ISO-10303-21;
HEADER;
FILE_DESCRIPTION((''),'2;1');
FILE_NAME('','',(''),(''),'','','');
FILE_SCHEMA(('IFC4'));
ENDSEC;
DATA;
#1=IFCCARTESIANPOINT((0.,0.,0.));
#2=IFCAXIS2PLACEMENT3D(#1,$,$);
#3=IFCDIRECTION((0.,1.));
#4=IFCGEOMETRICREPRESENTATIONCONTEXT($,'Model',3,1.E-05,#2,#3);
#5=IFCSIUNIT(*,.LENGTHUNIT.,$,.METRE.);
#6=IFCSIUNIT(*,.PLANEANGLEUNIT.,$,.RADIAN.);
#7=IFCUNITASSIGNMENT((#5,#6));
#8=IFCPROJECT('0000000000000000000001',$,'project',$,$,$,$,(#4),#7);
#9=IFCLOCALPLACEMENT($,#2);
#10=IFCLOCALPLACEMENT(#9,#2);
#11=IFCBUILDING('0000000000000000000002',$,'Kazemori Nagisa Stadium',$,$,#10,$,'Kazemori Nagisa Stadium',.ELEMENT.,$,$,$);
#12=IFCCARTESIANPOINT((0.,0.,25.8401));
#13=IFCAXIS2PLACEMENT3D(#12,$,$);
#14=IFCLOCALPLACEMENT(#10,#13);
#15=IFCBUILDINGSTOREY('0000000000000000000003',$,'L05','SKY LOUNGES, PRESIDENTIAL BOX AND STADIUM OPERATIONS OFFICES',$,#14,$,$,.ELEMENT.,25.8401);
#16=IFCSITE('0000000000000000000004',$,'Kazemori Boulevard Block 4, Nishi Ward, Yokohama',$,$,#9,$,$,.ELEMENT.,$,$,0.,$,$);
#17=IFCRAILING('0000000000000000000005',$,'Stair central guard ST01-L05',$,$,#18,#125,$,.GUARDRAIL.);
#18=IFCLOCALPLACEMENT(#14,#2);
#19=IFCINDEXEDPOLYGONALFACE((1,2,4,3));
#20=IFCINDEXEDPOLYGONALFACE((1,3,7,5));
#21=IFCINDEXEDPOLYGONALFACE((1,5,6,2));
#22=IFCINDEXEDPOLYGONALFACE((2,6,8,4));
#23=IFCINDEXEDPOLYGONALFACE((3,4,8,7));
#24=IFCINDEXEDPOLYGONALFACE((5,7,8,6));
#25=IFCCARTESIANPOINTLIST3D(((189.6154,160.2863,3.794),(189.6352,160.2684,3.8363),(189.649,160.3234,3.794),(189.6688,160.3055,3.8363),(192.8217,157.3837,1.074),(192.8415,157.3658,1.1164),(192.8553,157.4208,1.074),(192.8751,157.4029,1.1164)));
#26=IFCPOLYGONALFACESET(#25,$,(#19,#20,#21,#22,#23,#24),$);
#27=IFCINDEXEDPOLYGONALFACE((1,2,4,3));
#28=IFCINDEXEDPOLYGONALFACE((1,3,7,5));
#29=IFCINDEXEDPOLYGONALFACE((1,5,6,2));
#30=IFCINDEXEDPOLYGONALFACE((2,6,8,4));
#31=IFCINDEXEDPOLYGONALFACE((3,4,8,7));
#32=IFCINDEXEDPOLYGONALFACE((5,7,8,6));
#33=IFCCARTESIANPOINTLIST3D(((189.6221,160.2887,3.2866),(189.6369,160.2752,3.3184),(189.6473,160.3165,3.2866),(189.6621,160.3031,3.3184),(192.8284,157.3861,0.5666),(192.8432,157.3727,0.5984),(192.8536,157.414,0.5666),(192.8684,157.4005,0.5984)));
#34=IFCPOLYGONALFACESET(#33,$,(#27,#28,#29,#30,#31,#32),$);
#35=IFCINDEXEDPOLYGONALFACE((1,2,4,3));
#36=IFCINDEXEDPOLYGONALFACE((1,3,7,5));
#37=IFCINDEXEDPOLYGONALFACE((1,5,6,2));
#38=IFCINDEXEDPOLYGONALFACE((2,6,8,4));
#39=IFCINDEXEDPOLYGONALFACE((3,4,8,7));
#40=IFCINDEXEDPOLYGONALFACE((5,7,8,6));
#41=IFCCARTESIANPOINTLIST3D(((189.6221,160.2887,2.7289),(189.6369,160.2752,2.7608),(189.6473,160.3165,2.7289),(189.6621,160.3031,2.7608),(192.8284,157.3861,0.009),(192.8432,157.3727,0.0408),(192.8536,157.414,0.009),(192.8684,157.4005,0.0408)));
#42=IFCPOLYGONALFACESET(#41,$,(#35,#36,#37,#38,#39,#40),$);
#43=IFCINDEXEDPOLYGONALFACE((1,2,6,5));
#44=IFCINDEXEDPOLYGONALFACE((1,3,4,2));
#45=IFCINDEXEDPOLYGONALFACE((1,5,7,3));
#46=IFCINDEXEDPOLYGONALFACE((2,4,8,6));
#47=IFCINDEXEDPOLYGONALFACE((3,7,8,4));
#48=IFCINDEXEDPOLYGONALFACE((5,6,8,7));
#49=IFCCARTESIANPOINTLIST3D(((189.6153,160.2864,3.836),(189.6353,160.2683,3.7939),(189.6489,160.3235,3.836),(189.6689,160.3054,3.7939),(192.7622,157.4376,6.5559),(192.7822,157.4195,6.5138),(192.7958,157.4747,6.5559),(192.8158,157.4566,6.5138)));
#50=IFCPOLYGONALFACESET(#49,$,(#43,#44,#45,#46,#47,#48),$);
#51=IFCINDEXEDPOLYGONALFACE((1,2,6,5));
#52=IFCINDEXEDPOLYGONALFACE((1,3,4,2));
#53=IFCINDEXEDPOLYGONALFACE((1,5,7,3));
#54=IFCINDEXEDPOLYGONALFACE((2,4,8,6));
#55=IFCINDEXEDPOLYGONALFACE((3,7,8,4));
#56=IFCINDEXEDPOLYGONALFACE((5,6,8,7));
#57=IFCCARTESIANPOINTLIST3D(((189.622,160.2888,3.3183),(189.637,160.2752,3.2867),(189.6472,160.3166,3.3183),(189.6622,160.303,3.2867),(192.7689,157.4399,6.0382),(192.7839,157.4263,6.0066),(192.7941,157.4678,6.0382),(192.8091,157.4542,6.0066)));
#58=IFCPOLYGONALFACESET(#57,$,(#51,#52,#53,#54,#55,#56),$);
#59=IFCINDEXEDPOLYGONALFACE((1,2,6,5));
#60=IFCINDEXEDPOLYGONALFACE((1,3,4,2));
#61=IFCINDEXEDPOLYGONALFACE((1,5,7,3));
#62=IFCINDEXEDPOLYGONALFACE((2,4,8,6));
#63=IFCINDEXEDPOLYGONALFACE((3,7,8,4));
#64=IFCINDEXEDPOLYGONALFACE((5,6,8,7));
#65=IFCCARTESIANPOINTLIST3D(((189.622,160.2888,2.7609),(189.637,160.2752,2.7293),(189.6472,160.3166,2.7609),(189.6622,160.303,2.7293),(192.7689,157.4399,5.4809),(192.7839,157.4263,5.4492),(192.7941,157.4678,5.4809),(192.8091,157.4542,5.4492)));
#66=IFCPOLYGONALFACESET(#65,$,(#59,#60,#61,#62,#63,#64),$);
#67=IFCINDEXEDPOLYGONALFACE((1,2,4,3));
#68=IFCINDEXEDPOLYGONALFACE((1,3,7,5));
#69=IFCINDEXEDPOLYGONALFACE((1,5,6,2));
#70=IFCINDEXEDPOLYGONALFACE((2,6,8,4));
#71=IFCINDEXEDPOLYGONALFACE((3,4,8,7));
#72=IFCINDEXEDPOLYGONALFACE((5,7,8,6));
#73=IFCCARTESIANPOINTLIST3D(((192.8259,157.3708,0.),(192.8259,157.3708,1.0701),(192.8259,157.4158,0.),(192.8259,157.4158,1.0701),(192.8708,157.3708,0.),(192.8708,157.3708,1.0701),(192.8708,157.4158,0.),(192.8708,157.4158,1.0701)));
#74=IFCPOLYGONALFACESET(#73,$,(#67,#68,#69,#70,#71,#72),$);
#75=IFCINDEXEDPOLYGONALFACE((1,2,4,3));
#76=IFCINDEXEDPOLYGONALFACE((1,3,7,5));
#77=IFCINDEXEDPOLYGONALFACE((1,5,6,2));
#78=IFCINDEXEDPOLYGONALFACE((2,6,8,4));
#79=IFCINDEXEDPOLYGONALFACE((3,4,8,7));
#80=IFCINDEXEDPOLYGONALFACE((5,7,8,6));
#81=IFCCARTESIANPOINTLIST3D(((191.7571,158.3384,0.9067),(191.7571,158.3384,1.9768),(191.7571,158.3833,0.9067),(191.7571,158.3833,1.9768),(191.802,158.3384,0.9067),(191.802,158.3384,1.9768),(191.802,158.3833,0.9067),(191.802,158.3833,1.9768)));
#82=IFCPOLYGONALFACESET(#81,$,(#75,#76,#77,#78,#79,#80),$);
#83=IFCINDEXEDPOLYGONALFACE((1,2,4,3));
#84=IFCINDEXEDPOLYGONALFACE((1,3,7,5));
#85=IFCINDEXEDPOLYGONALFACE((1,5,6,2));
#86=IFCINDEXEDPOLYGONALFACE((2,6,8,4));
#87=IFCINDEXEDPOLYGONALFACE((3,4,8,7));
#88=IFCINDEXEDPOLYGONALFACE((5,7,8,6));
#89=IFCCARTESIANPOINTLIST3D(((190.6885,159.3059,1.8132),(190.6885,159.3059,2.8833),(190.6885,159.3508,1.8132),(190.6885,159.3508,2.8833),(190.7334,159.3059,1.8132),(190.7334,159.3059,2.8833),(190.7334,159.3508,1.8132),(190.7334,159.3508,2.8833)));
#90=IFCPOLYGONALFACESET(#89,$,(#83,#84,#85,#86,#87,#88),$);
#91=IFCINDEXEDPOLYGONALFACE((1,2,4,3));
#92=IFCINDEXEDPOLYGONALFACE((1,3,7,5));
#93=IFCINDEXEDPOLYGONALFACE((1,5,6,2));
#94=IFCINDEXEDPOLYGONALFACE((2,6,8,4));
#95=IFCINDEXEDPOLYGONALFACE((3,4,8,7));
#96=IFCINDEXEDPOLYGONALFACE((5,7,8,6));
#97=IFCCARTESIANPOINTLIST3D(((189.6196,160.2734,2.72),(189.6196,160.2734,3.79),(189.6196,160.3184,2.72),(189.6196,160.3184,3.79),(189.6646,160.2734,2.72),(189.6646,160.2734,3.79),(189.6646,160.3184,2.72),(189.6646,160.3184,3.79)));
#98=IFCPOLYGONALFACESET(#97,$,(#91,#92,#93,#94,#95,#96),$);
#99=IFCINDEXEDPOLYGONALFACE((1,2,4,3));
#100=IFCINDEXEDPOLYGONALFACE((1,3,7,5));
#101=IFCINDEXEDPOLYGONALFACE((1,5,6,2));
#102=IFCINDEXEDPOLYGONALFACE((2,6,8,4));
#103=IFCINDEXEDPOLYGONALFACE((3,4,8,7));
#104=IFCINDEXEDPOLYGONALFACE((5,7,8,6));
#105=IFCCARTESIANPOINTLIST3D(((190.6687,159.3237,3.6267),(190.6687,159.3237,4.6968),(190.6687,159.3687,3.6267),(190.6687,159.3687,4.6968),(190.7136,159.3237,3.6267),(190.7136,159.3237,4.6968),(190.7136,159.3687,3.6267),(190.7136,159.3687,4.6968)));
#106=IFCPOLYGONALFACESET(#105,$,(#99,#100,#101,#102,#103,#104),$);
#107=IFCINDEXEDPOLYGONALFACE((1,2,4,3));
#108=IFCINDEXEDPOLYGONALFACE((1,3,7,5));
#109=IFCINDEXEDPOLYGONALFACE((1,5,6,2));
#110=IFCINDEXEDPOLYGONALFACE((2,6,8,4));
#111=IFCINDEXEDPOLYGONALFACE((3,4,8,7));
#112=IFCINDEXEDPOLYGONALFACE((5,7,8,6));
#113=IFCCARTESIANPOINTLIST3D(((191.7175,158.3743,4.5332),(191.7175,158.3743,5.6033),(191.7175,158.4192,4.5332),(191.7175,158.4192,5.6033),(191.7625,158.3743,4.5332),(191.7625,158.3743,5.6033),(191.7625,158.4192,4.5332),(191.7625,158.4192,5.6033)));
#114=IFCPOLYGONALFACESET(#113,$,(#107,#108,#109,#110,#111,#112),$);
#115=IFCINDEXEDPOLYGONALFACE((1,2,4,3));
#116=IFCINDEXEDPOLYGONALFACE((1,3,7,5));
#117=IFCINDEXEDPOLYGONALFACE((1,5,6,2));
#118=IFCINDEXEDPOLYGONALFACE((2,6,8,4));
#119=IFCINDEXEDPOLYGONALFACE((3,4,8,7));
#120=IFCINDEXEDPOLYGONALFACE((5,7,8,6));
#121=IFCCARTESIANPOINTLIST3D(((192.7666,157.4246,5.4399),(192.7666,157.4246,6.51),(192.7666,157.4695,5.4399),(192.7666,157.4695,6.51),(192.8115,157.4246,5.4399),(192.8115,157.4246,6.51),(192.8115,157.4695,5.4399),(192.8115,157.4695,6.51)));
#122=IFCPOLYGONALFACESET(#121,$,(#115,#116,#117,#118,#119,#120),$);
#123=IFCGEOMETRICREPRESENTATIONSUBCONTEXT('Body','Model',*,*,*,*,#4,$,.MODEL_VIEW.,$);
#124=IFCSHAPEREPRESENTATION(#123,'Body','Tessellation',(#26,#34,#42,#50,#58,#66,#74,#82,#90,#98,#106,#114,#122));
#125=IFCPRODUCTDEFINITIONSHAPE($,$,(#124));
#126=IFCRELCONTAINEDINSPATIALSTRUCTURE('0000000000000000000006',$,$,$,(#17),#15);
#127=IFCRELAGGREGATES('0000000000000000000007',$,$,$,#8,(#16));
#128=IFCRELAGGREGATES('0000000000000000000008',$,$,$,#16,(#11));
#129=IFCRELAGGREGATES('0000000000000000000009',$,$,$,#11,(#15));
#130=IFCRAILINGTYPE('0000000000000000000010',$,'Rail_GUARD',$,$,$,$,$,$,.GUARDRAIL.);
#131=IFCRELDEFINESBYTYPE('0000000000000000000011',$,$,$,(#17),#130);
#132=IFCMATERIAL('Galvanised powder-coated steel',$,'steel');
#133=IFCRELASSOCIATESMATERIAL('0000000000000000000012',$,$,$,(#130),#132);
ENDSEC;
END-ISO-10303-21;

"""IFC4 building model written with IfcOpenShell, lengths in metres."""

from ifc_helpers import new_model, si_unit, direction, frame, origin, origin_2d, place, context, subcontext, project, spatial, rectangle, extrude, material, type_object, element, save


model = new_model("IFC4")

# Units and contexts
model_context = context("Model", 3, precision=1e-05, world=origin(), true_north=direction((0.0, 1.0)))
body_context = subcontext(model_context, "Body", "Model", "MODEL_VIEW")
ifc_project = project(units=[si_unit("LENGTHUNIT", "METRE"), si_unit("PLANEANGLEUNIT", "RADIAN")], contexts=[model_context])

# Site, building, storey
site_placement = place(None, origin())
site = spatial("IfcSite", under=ifc_project, at=site_placement, Name="Kazemori Boulevard Block 4, Nishi Ward, Yokohama", CompositionType="ELEMENT", RefElevation=0.0)
building_placement = place(site_placement, origin())
building = spatial("IfcBuilding", under=site, at=building_placement, Name="Kazemori Nagisa Stadium", LongName="Kazemori Nagisa Stadium", CompositionType="ELEMENT")
storey_placement = place(building_placement, frame((0.0, 0.0, 25.8401)))
storey = spatial("IfcBuildingStorey", under=building, at=storey_placement, Name="L05", Description="SKY LOUNGES, PRESIDENTIAL BOX AND STADIUM OPERATIONS OFFICES", CompositionType="ELEMENT", Elevation=25.8401)

# Railing
ifc_material_1 = material(Name="Galvanised powder-coated steel", Category="steel")
railing_type_1 = type_object("IfcRailingType", Name="Rail_GUARD", PredefinedType="GUARDRAIL", material=ifc_material_1)
railing_1_placement = place(storey_placement, frame((192.8484, 157.3933, 0.0)))
element("IfcRailing", 1, at=railing_1_placement, inside=storey, type_object=railing_type_1, Name="Stair central guard ST01-L05", PredefinedType="GUARDRAIL", context=body_context, shape_type="SweptSolid", body=[
    extrude(rectangle(XDim=0.05, YDim=0.05, at=origin_2d()), frame((0.0, 0.0, 1.0952), z_axis=(-0.627558, 0.568113, 0.53237), x_axis=(-0.671123, -0.741346, 0.0)), (0.0, 0.0, 1.0), 5.1091),
    extrude(rectangle(XDim=0.0376, YDim=0.0376, at=origin_2d()), frame((0.0, 0.0, 0.5825), z_axis=(-0.627558, 0.568113, 0.53237), x_axis=(-0.671123, -0.741346, 0.0)), (0.0, 0.0, 1.0), 5.1091),
    extrude(rectangle(XDim=0.0376, YDim=0.0376, at=origin_2d()), frame((0.0, 0.0, 0.0249), z_axis=(-0.627558, 0.568113, 0.53237), x_axis=(-0.671123, -0.741346, 0.0)), (0.0, 0.0, 1.0), 5.1091),
    extrude(rectangle(XDim=0.05, YDim=0.05, at=origin_2d()), frame((-3.2063, 2.9026, 3.8149), z_axis=(0.624201, -0.565073, 0.539505), x_axis=(0.671123, 0.741346, 0.0)), (0.0, 0.0, 1.0), 5.0415),
    extrude(rectangle(XDim=0.0376, YDim=0.0376, at=origin_2d()), frame((-3.2063, 2.9026, 3.3025), z_axis=(0.624201, -0.565073, 0.539505), x_axis=(0.671123, 0.741346, 0.0)), (0.0, 0.0, 1.0), 5.0415),
    extrude(rectangle(XDim=0.0376, YDim=0.0376, at=origin_2d()), frame((-3.2063, 2.9026, 2.7451), z_axis=(0.624201, -0.565073, 0.539505), x_axis=(0.671123, 0.741346, 0.0)), (0.0, 0.0, 1.0), 5.0415),
    extrude(rectangle(XDim=0.0449, YDim=0.0449, at=origin_2d()), origin(), (0.0, 0.0, 1.0), 1.0701),
    extrude(rectangle(XDim=0.0449, YDim=0.0449, at=origin_2d()), frame((-1.0688, 0.9675, 0.9067)), (0.0, 0.0, 1.0), 1.0701),
    extrude(rectangle(XDim=0.0449, YDim=0.0449, at=origin_2d()), frame((-2.1375, 1.9351, 1.8132)), (0.0, 0.0, 1.0), 1.0701),
    extrude(rectangle(XDim=0.0449, YDim=0.0449, at=origin_2d()), frame((-3.2063, 2.9026, 2.72)), (0.0, 0.0, 1.0), 1.0701),
    extrude(rectangle(XDim=0.0449, YDim=0.0449, at=origin_2d()), frame((-2.1572, 1.9529, 3.6267)), (0.0, 0.0, 1.0), 1.0701),
    extrude(rectangle(XDim=0.0449, YDim=0.0449, at=origin_2d()), frame((-1.1084, 1.0034, 4.5332)), (0.0, 0.0, 1.0), 1.0701),
    extrude(rectangle(XDim=0.0449, YDim=0.0449, at=origin_2d()), frame((-0.0593, 0.0537, 5.4399)), (0.0, 0.0, 1.0), 1.0701),
])

save(model, "model.ifc")
